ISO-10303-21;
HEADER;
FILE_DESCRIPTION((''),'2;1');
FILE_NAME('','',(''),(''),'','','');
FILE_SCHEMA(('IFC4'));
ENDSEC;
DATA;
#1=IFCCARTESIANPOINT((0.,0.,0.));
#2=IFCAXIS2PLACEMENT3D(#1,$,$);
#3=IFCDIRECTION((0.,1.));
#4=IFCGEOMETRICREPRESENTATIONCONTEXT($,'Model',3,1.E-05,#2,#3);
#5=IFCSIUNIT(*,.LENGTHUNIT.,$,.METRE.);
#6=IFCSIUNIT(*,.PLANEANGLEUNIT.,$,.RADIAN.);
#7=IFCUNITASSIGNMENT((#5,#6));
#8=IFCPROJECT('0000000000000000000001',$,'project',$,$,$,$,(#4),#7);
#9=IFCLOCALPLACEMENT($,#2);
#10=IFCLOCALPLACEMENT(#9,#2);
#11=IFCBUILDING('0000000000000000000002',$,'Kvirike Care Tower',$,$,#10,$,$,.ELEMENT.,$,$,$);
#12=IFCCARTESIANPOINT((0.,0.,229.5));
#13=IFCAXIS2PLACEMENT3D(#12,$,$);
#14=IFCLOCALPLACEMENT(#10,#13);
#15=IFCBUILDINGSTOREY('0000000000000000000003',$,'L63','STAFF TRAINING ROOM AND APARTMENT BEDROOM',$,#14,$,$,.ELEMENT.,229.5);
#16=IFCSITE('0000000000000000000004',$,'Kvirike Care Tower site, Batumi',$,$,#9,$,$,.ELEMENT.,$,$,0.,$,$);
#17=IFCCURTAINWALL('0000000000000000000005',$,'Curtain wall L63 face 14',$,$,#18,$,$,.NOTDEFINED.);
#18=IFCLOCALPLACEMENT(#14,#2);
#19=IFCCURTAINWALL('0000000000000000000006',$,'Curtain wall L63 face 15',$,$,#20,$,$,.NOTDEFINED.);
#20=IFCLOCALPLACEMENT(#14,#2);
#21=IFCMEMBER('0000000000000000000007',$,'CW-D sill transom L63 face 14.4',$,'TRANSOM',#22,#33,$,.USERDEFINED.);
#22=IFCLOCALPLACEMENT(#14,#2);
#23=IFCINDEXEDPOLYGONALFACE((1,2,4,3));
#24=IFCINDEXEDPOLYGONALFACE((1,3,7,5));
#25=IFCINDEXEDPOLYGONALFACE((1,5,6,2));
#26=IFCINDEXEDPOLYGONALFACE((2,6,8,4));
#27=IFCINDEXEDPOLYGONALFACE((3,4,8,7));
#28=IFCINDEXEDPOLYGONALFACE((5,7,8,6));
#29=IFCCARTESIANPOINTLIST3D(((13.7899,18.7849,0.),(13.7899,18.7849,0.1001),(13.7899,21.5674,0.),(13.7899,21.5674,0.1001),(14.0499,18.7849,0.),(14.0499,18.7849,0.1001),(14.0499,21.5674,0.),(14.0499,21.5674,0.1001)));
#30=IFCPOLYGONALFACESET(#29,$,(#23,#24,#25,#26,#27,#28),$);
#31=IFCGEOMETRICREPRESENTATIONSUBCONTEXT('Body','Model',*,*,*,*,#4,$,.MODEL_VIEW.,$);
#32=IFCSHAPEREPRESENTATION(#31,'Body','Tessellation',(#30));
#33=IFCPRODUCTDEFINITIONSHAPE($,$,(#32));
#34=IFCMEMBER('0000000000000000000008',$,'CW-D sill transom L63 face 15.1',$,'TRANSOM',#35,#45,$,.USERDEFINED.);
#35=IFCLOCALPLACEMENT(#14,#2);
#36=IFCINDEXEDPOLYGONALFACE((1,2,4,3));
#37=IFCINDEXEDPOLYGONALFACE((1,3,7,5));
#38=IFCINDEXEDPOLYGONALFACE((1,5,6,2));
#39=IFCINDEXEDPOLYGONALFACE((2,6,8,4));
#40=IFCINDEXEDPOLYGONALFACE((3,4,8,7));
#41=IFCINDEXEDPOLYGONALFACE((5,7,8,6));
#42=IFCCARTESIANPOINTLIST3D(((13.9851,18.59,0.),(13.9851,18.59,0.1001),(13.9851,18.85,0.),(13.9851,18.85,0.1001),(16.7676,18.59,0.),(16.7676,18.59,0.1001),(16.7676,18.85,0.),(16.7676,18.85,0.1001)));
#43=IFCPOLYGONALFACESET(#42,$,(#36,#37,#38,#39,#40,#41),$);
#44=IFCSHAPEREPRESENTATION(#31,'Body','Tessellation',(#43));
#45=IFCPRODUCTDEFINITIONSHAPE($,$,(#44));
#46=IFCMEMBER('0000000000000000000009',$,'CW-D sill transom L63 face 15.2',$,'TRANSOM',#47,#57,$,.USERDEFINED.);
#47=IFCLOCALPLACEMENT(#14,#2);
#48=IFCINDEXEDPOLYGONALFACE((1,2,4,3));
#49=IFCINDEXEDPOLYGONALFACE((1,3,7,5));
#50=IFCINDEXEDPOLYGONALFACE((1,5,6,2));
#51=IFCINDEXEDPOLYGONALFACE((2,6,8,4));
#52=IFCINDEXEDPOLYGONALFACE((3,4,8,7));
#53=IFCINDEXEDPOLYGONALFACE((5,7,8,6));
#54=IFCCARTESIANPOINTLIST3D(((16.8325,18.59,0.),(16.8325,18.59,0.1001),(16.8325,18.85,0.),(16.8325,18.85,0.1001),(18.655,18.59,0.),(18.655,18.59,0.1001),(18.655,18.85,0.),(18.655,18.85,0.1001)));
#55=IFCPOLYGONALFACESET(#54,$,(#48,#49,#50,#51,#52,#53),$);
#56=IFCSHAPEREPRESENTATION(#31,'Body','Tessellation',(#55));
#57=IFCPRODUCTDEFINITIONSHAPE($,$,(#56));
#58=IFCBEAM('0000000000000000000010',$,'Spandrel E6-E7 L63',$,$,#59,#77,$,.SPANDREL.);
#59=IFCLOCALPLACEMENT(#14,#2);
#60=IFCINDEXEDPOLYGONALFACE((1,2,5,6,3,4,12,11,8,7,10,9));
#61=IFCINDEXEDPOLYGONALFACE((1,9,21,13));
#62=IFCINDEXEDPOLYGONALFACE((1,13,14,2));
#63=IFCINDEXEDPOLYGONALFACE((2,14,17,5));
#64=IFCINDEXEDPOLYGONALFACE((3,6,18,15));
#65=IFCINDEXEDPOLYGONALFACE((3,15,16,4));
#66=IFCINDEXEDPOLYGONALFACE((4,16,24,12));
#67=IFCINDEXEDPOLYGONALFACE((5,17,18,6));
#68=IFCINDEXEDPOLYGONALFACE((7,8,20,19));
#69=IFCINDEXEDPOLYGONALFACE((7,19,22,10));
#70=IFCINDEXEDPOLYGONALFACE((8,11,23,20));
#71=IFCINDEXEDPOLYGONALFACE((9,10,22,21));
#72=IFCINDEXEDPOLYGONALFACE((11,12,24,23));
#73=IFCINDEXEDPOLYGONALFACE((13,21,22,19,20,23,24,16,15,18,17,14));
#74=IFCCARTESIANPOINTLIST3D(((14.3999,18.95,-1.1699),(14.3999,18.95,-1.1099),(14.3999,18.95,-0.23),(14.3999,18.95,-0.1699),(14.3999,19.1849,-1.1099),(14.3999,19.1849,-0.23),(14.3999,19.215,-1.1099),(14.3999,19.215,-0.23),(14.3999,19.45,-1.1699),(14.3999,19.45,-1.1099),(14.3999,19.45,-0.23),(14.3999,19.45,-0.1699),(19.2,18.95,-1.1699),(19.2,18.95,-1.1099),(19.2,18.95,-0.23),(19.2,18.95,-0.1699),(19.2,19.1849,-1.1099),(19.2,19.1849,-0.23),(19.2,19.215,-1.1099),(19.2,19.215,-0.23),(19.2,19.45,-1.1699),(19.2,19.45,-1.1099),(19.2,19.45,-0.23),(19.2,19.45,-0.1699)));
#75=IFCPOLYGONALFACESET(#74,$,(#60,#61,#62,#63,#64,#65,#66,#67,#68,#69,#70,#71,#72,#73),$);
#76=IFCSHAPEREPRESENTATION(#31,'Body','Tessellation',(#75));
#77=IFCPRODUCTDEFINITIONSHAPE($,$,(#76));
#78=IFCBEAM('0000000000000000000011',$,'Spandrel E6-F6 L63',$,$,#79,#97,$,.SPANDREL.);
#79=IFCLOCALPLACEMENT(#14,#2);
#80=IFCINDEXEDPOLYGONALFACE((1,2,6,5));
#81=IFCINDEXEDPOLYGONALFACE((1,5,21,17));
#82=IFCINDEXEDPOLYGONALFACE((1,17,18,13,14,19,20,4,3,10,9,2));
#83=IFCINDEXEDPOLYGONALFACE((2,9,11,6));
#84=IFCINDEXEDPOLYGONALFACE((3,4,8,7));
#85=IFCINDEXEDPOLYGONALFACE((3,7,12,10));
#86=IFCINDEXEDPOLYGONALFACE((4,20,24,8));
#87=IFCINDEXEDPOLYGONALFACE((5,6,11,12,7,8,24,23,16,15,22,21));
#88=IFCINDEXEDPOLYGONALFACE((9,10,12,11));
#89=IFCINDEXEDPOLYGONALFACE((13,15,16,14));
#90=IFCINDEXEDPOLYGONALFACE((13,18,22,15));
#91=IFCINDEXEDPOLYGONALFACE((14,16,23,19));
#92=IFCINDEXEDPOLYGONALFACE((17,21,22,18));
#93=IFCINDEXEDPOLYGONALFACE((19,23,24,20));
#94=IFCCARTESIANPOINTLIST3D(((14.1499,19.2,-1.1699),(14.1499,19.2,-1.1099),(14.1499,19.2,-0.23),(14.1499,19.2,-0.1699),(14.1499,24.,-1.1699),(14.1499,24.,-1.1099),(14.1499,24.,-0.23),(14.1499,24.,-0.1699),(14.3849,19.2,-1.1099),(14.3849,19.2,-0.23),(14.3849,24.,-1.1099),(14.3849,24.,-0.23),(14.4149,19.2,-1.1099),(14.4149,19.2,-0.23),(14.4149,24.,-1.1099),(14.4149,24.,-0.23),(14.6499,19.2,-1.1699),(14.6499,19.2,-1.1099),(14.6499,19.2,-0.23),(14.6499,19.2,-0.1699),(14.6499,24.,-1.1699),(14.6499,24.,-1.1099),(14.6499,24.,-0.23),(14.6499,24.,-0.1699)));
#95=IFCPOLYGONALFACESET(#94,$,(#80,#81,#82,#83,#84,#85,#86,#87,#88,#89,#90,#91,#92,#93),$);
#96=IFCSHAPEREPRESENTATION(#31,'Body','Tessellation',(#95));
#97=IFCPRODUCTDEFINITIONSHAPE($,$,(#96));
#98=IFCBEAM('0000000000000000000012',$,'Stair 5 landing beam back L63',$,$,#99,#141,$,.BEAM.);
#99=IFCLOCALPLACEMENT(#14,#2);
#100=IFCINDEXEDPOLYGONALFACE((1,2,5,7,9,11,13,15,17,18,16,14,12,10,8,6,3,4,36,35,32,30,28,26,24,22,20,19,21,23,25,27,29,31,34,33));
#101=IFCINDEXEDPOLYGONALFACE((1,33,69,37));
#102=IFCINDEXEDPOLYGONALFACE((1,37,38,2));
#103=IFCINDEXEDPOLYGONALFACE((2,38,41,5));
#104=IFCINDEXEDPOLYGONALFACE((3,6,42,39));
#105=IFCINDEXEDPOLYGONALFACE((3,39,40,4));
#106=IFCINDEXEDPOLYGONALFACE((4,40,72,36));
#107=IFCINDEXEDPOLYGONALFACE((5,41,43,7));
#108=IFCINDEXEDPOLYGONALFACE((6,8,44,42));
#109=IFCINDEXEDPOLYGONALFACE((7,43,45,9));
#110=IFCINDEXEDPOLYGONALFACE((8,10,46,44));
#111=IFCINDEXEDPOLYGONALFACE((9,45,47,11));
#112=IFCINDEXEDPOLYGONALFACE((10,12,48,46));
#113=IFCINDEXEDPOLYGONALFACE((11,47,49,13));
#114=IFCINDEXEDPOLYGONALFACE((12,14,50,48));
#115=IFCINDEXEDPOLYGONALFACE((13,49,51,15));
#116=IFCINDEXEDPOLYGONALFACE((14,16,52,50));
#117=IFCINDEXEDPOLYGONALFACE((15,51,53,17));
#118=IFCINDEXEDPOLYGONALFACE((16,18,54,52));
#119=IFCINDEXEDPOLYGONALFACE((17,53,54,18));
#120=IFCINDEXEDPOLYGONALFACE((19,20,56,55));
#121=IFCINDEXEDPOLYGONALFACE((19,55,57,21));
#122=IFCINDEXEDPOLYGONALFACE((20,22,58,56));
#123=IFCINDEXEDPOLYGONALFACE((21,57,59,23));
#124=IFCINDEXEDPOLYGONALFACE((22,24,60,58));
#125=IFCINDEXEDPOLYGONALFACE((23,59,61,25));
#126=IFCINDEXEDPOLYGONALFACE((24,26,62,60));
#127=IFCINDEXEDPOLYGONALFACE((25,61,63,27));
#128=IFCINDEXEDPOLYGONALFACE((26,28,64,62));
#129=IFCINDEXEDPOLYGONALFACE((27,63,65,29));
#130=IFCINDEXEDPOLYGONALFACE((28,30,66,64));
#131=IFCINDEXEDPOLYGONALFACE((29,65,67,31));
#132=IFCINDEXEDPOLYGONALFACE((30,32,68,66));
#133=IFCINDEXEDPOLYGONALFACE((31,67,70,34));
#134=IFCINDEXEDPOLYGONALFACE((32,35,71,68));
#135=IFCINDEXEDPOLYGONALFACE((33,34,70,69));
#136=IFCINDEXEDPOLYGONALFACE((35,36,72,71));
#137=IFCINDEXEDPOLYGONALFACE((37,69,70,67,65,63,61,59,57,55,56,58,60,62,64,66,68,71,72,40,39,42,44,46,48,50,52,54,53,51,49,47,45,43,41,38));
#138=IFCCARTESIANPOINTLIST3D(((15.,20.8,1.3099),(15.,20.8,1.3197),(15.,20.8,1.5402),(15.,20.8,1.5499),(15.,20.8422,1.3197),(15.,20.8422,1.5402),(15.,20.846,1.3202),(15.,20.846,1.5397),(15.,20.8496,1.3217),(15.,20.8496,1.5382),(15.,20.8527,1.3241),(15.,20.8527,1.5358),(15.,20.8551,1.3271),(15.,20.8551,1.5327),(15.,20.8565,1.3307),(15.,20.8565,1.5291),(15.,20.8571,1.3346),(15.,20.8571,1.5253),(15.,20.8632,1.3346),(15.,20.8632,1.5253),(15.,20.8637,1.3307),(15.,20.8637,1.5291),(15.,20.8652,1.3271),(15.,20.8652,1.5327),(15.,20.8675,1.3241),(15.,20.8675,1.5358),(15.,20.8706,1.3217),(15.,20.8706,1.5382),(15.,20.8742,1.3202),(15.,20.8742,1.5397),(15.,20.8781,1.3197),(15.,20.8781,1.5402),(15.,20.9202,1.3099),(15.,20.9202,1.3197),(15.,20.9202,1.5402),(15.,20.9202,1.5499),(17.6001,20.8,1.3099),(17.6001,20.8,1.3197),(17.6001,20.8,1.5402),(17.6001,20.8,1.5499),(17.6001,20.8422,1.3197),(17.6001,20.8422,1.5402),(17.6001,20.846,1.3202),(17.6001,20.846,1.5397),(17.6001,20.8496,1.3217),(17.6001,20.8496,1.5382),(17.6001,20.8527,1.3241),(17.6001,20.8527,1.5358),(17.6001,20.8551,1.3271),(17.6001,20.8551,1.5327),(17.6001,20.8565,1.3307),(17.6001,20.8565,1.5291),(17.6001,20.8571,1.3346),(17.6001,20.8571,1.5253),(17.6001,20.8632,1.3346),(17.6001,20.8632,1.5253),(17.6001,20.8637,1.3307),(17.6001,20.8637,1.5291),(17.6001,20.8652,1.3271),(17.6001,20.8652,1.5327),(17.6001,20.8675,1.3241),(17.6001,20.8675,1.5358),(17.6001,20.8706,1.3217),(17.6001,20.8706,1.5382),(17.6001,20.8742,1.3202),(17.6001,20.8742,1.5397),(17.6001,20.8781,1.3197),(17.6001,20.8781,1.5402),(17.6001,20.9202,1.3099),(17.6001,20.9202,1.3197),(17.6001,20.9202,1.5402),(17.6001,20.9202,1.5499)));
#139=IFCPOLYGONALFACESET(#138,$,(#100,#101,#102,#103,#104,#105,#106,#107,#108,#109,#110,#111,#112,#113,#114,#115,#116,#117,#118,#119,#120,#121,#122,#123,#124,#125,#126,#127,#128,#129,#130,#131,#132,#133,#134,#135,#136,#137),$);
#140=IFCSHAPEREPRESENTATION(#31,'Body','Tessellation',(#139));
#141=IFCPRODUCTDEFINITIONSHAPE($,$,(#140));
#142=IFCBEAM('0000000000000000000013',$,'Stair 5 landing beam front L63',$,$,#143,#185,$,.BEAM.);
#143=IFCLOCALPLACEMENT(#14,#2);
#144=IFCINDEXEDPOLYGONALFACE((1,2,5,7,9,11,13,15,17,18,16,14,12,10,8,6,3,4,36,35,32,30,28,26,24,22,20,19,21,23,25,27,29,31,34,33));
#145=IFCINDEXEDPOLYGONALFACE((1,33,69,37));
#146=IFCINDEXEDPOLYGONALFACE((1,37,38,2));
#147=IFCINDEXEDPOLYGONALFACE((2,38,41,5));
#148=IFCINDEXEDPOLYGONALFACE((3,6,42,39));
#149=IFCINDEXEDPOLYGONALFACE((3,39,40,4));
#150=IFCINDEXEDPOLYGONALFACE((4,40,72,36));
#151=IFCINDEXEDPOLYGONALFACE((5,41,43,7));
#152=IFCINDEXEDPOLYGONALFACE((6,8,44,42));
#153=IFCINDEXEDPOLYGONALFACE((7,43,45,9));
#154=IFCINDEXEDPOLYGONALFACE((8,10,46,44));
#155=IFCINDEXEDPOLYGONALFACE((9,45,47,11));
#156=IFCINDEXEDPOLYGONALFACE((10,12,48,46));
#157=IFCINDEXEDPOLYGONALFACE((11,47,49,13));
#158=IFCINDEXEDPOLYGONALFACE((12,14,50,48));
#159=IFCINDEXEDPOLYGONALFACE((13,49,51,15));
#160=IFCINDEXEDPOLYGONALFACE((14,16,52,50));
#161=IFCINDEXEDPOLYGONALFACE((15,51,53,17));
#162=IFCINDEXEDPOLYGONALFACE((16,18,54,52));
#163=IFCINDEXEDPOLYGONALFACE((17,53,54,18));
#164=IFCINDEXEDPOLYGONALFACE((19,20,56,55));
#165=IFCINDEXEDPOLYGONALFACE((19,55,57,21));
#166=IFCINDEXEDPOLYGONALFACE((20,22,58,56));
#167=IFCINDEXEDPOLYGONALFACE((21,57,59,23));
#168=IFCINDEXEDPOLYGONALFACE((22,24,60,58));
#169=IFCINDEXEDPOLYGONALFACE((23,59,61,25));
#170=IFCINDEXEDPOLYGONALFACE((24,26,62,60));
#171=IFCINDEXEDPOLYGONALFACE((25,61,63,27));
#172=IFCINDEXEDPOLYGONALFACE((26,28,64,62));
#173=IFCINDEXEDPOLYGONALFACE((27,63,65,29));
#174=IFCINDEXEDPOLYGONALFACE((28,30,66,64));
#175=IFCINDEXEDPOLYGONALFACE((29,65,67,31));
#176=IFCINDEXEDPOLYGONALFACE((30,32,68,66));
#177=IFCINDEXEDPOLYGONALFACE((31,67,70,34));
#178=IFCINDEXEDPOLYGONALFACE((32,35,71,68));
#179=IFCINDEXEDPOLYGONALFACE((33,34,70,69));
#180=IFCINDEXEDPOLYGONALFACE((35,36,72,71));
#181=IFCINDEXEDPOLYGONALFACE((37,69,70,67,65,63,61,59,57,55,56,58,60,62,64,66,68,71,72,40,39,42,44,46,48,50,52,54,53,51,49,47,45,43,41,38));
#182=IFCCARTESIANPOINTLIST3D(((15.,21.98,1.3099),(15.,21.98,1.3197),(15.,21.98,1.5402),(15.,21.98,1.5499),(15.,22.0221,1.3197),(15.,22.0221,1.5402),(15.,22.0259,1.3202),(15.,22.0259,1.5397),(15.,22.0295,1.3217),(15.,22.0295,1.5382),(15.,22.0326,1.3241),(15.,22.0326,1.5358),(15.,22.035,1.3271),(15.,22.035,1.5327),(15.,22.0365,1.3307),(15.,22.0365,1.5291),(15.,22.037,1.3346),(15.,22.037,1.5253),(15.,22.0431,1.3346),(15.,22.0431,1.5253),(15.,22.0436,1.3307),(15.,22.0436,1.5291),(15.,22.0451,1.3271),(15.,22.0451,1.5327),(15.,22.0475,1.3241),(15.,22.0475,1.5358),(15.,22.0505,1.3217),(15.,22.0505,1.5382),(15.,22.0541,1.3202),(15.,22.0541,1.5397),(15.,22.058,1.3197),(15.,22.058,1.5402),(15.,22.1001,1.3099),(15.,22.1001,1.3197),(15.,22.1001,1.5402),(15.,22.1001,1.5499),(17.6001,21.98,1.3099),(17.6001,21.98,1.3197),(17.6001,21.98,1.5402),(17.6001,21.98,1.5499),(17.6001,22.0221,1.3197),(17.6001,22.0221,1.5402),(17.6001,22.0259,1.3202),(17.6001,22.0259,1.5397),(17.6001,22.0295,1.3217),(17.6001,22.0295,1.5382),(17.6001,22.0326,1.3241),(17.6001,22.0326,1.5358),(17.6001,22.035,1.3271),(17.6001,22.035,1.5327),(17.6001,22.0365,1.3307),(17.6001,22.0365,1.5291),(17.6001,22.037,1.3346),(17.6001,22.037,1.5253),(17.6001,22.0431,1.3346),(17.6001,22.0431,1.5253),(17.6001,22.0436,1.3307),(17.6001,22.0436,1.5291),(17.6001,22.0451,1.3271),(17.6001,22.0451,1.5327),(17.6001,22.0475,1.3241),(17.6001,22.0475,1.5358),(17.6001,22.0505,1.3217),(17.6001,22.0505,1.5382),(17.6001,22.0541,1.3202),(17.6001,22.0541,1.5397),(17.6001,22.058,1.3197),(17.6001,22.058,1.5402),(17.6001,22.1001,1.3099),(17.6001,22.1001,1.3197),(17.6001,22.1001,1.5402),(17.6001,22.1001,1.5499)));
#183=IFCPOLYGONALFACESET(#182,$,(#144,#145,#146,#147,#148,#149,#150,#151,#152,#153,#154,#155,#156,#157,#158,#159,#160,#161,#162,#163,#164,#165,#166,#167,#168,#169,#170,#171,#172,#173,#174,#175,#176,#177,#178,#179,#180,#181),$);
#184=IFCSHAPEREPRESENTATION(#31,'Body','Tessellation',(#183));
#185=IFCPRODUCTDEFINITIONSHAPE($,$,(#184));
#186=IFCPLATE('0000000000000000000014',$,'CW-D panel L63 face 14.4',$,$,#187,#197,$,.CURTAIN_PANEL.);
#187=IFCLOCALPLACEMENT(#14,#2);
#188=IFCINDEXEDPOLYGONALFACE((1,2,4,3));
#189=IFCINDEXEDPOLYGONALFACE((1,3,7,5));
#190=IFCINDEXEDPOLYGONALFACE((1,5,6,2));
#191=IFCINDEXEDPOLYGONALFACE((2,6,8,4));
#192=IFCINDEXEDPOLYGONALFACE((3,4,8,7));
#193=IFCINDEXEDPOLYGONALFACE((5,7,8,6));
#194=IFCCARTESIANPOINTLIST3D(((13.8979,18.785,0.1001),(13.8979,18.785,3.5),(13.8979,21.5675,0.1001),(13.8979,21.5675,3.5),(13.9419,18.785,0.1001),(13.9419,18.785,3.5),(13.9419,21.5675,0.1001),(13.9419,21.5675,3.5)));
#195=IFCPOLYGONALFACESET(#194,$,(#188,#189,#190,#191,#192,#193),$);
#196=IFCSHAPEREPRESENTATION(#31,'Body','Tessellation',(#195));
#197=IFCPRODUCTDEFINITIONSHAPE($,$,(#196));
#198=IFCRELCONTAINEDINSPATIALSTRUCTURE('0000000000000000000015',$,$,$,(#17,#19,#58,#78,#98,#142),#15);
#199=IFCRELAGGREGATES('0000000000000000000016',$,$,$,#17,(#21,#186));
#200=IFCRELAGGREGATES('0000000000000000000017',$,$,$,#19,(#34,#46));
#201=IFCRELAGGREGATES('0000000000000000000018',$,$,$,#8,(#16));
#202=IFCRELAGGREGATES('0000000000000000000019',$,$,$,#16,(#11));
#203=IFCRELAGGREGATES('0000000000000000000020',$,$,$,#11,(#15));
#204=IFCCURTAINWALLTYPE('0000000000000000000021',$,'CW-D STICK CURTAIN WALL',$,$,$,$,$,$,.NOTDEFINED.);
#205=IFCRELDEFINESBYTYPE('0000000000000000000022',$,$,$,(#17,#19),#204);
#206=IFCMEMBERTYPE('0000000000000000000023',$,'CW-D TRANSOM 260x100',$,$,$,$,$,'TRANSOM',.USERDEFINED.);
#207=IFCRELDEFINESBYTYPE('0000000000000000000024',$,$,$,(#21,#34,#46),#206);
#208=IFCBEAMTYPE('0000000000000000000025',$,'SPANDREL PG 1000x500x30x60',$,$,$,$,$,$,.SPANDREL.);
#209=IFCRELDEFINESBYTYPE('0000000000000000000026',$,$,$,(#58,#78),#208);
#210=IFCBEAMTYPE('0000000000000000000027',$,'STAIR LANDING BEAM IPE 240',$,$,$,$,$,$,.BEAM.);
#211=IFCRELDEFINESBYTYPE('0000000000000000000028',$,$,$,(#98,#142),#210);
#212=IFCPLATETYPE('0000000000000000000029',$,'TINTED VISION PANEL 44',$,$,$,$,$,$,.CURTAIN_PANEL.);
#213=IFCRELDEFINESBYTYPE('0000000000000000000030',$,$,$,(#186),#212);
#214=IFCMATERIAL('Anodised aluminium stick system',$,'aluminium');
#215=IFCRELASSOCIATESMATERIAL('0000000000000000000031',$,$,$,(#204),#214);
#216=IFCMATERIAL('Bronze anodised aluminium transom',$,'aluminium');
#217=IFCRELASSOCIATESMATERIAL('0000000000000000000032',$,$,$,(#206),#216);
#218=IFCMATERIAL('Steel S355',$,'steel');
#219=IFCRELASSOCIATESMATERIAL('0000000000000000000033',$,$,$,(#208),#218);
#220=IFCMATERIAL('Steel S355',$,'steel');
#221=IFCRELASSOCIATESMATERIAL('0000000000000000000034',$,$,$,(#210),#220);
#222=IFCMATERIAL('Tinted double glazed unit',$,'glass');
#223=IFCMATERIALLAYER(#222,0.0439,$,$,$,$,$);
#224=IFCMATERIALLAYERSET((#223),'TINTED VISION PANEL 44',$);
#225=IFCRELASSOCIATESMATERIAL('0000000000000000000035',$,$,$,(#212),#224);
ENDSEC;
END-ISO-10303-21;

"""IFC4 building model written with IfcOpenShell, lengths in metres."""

from ifc_helpers import new_model, si_unit, direction, frame, origin, origin_2d, place, context, subcontext, project, spatial, rectangle, i_section, extrude, material, layer, layer_set, material_profile, profile_set, type_object, element, aggregate, save


model = new_model("IFC4")

# Units and contexts
model_context = context("Model", 3, precision=1e-05, world=origin(), true_north=direction((0.0, 1.0)))
body_context = subcontext(model_context, "Body", "Model", "MODEL_VIEW")
ifc_project = project(units=[si_unit("LENGTHUNIT", "METRE"), si_unit("PLANEANGLEUNIT", "RADIAN")], contexts=[model_context])

# Site, building, storey
site_placement = place(None, origin())
site = spatial("IfcSite", under=ifc_project, at=site_placement, Name="Kvirike Care Tower site, Batumi", CompositionType="ELEMENT", RefElevation=0.0)
building_placement = place(site_placement, origin())
building = spatial("IfcBuilding", under=site, at=building_placement, Name="Kvirike Care Tower", CompositionType="ELEMENT")
storey_placement = place(building_placement, frame((0.0, 0.0, 229.5)))
storey = spatial("IfcBuildingStorey", under=building, at=storey_placement, Name="L63", Description="STAFF TRAINING ROOM AND APARTMENT BEDROOM", CompositionType="ELEMENT", Elevation=229.5)

# Curtain walls
ifc_material_1 = material(Name="Anodised aluminium stick system", Category="aluminium")
curtain_wall_type = type_object("IfcCurtainWallType", Name="CW-D STICK CURTAIN WALL", PredefinedType="NOTDEFINED", material=ifc_material_1)
curtain_wall_1_placement = place(storey_placement, origin())
curtain_wall_1 = element("IfcCurtainWall", 1, at=curtain_wall_1_placement, inside=storey, type_object=curtain_wall_type, Name="Curtain wall L63 face 14", PredefinedType="NOTDEFINED")
curtain_wall_2_placement = place(storey_placement, origin())
curtain_wall_2 = element("IfcCurtainWall", 2, at=curtain_wall_2_placement, inside=storey, type_object=curtain_wall_type, Name="Curtain wall L63 face 15", PredefinedType="NOTDEFINED")

# Members
ifc_material_2 = material(Name="Bronze anodised aluminium transom", Category="aluminium")
ifc_material_profile_1 = material_profile(ifc_material_2, rectangle(XDim=0.26, YDim=0.1001, at=origin_2d()), Name="CW-D TRANSOM 260x100")
ifc_profile_set_1 = profile_set([ifc_material_profile_1], Name="Bronze anodised aluminium transom")
member_type_1 = type_object("IfcMemberType", Name="CW-D TRANSOM 260x100", ElementType="TRANSOM", PredefinedType="USERDEFINED", material=ifc_profile_set_1)
member_1_placement = place(storey_placement, frame((13.9199, 21.5674, 0.05), z_axis=(0.0, -1.0, 0.0), x_axis=(1.0, 0.0, 0.0)))
member_1 = element("IfcMember", 3, at=member_1_placement, type_object=member_type_1, Name="CW-D sill transom L63 face 14.4", ObjectType="TRANSOM", PredefinedType="USERDEFINED", context=body_context, shape_type="SweptSolid", body=[
    extrude(rectangle(XDim=0.26, YDim=0.1001, at=origin_2d()), origin(), (0.0, 0.0, 1.0), 2.7825),
])
member_2_placement = place(storey_placement, frame((13.9851, 18.72, 0.05), z_axis=(1.0, 0.0, 0.0), x_axis=(0.0, 1.0, 0.0)))
member_2 = element("IfcMember", 4, at=member_2_placement, type_object=member_type_1, Name="CW-D sill transom L63 face 15.1", ObjectType="TRANSOM", PredefinedType="USERDEFINED", context=body_context, shape_type="SweptSolid", body=[
    extrude(rectangle(XDim=0.26, YDim=0.1001, at=origin_2d()), origin(), (0.0, 0.0, 1.0), 2.7825),
])
member_3_placement = place(storey_placement, frame((16.8325, 18.72, 0.05), z_axis=(1.0, 0.0, 0.0), x_axis=(0.0, 1.0, 0.0)))
member_3 = element("IfcMember", 5, at=member_3_placement, type_object=member_type_1, Name="CW-D sill transom L63 face 15.2", ObjectType="TRANSOM", PredefinedType="USERDEFINED", context=body_context, shape_type="SweptSolid", body=[
    extrude(rectangle(XDim=0.26, YDim=0.1001, at=origin_2d()), origin(), (0.0, 0.0, 1.0), 1.8225),
])

# Beams
ifc_material_3 = material(Name="Steel S355", Category="steel")
ifc_material_profile_2 = material_profile(ifc_material_3, i_section(OverallWidth=0.5, OverallDepth=1.0, WebThickness=0.03, FlangeThickness=0.0601, at=origin_2d()), Name="PG 1000x500x30x60")
ifc_profile_set_2 = profile_set([ifc_material_profile_2], Name="Steel S355")
beam_type_1 = type_object("IfcBeamType", Name="SPANDREL PG 1000x500x30x60", PredefinedType="SPANDREL", material=ifc_profile_set_2)
for number, where, z_axis, x_axis, name in (
    (6, (14.3999, 19.2, -0.6699), (1.0, 0.0, 0.0), (0.0, 1.0, 0.0), "Spandrel E6-E7 L63"),
    (7, (14.3999, 19.2, -0.6699), (0.0, 1.0, 0.0), (-1.0, 0.0, 0.0), "Spandrel E6-F6 L63"),
):
    element("IfcBeam", number, at=place(storey_placement, frame(where, z_axis=z_axis, x_axis=x_axis)), inside=storey, type_object=beam_type_1, Name=name, PredefinedType="SPANDREL", context=body_context, shape_type="SweptSolid", body=[
        extrude(i_section(OverallWidth=0.5, OverallDepth=1.0, WebThickness=0.03, FlangeThickness=0.0601, at=origin_2d()), origin(), (0.0, 0.0, 1.0), 4.8),
    ])
ifc_material_4 = material(Name="Steel S355", Category="steel")
ifc_material_profile_3 = material_profile(ifc_material_4, i_section(OverallWidth=0.1201, OverallDepth=0.24, WebThickness=0.0061, FlangeThickness=0.0098, FilletRadius=0.0149, at=origin_2d()), Name="IPE 240")
ifc_profile_set_3 = profile_set([ifc_material_profile_3], Name="Steel S355")
beam_type_2 = type_object("IfcBeamType", Name="STAIR LANDING BEAM IPE 240", PredefinedType="BEAM", material=ifc_profile_set_3)
for number, where, z_axis, x_axis, name in (
    (8, (15.0, 20.8601, 1.4299), (1.0, 0.0, 0.0), (0.0, 1.0, 0.0), "Stair 5 landing beam back L63"),
    (9, (15.0, 22.04, 1.4299), (1.0, 0.0, 0.0), (0.0, 1.0, 0.0), "Stair 5 landing beam front L63"),
):
    element("IfcBeam", number, at=place(storey_placement, frame(where, z_axis=z_axis, x_axis=x_axis)), inside=storey, type_object=beam_type_2, Name=name, PredefinedType="BEAM", context=body_context, shape_type="SweptSolid", body=[
        extrude(i_section(OverallWidth=0.1201, OverallDepth=0.24, WebThickness=0.0061, FlangeThickness=0.0098, FilletRadius=0.0149, at=origin_2d()), origin(), (0.0, 0.0, 1.0), 2.6001),
    ])

# Plate
ifc_material_5 = material(Name="Tinted double glazed unit", Category="glass")
ifc_layer_1 = layer(ifc_material_5, 0.0439)
ifc_layer_set_1 = layer_set([ifc_layer_1], Name="TINTED VISION PANEL 44")
plate_type = type_object("IfcPlateType", Name="TINTED VISION PANEL 44", PredefinedType="CURTAIN_PANEL", material=ifc_layer_set_1)
plate_1_placement = place(storey_placement, frame((13.9199, 20.1763, 0.1001), z_axis=(0.0, 0.0, 1.0), x_axis=(0.0, -1.0, 0.0)))
plate_1 = element("IfcPlate", 10, at=plate_1_placement, type_object=plate_type, Name="CW-D panel L63 face 14.4", PredefinedType="CURTAIN_PANEL", context=body_context, shape_type="SweptSolid", body=[
    extrude(rectangle(XDim=2.7825, YDim=0.0439, at=origin_2d()), origin(), (0.0, 0.0, 1.0), 3.3999),
])
aggregate(curtain_wall_1, [member_1, plate_1])
aggregate(curtain_wall_2, [member_2, member_3])

save(model, "model.ifc")
